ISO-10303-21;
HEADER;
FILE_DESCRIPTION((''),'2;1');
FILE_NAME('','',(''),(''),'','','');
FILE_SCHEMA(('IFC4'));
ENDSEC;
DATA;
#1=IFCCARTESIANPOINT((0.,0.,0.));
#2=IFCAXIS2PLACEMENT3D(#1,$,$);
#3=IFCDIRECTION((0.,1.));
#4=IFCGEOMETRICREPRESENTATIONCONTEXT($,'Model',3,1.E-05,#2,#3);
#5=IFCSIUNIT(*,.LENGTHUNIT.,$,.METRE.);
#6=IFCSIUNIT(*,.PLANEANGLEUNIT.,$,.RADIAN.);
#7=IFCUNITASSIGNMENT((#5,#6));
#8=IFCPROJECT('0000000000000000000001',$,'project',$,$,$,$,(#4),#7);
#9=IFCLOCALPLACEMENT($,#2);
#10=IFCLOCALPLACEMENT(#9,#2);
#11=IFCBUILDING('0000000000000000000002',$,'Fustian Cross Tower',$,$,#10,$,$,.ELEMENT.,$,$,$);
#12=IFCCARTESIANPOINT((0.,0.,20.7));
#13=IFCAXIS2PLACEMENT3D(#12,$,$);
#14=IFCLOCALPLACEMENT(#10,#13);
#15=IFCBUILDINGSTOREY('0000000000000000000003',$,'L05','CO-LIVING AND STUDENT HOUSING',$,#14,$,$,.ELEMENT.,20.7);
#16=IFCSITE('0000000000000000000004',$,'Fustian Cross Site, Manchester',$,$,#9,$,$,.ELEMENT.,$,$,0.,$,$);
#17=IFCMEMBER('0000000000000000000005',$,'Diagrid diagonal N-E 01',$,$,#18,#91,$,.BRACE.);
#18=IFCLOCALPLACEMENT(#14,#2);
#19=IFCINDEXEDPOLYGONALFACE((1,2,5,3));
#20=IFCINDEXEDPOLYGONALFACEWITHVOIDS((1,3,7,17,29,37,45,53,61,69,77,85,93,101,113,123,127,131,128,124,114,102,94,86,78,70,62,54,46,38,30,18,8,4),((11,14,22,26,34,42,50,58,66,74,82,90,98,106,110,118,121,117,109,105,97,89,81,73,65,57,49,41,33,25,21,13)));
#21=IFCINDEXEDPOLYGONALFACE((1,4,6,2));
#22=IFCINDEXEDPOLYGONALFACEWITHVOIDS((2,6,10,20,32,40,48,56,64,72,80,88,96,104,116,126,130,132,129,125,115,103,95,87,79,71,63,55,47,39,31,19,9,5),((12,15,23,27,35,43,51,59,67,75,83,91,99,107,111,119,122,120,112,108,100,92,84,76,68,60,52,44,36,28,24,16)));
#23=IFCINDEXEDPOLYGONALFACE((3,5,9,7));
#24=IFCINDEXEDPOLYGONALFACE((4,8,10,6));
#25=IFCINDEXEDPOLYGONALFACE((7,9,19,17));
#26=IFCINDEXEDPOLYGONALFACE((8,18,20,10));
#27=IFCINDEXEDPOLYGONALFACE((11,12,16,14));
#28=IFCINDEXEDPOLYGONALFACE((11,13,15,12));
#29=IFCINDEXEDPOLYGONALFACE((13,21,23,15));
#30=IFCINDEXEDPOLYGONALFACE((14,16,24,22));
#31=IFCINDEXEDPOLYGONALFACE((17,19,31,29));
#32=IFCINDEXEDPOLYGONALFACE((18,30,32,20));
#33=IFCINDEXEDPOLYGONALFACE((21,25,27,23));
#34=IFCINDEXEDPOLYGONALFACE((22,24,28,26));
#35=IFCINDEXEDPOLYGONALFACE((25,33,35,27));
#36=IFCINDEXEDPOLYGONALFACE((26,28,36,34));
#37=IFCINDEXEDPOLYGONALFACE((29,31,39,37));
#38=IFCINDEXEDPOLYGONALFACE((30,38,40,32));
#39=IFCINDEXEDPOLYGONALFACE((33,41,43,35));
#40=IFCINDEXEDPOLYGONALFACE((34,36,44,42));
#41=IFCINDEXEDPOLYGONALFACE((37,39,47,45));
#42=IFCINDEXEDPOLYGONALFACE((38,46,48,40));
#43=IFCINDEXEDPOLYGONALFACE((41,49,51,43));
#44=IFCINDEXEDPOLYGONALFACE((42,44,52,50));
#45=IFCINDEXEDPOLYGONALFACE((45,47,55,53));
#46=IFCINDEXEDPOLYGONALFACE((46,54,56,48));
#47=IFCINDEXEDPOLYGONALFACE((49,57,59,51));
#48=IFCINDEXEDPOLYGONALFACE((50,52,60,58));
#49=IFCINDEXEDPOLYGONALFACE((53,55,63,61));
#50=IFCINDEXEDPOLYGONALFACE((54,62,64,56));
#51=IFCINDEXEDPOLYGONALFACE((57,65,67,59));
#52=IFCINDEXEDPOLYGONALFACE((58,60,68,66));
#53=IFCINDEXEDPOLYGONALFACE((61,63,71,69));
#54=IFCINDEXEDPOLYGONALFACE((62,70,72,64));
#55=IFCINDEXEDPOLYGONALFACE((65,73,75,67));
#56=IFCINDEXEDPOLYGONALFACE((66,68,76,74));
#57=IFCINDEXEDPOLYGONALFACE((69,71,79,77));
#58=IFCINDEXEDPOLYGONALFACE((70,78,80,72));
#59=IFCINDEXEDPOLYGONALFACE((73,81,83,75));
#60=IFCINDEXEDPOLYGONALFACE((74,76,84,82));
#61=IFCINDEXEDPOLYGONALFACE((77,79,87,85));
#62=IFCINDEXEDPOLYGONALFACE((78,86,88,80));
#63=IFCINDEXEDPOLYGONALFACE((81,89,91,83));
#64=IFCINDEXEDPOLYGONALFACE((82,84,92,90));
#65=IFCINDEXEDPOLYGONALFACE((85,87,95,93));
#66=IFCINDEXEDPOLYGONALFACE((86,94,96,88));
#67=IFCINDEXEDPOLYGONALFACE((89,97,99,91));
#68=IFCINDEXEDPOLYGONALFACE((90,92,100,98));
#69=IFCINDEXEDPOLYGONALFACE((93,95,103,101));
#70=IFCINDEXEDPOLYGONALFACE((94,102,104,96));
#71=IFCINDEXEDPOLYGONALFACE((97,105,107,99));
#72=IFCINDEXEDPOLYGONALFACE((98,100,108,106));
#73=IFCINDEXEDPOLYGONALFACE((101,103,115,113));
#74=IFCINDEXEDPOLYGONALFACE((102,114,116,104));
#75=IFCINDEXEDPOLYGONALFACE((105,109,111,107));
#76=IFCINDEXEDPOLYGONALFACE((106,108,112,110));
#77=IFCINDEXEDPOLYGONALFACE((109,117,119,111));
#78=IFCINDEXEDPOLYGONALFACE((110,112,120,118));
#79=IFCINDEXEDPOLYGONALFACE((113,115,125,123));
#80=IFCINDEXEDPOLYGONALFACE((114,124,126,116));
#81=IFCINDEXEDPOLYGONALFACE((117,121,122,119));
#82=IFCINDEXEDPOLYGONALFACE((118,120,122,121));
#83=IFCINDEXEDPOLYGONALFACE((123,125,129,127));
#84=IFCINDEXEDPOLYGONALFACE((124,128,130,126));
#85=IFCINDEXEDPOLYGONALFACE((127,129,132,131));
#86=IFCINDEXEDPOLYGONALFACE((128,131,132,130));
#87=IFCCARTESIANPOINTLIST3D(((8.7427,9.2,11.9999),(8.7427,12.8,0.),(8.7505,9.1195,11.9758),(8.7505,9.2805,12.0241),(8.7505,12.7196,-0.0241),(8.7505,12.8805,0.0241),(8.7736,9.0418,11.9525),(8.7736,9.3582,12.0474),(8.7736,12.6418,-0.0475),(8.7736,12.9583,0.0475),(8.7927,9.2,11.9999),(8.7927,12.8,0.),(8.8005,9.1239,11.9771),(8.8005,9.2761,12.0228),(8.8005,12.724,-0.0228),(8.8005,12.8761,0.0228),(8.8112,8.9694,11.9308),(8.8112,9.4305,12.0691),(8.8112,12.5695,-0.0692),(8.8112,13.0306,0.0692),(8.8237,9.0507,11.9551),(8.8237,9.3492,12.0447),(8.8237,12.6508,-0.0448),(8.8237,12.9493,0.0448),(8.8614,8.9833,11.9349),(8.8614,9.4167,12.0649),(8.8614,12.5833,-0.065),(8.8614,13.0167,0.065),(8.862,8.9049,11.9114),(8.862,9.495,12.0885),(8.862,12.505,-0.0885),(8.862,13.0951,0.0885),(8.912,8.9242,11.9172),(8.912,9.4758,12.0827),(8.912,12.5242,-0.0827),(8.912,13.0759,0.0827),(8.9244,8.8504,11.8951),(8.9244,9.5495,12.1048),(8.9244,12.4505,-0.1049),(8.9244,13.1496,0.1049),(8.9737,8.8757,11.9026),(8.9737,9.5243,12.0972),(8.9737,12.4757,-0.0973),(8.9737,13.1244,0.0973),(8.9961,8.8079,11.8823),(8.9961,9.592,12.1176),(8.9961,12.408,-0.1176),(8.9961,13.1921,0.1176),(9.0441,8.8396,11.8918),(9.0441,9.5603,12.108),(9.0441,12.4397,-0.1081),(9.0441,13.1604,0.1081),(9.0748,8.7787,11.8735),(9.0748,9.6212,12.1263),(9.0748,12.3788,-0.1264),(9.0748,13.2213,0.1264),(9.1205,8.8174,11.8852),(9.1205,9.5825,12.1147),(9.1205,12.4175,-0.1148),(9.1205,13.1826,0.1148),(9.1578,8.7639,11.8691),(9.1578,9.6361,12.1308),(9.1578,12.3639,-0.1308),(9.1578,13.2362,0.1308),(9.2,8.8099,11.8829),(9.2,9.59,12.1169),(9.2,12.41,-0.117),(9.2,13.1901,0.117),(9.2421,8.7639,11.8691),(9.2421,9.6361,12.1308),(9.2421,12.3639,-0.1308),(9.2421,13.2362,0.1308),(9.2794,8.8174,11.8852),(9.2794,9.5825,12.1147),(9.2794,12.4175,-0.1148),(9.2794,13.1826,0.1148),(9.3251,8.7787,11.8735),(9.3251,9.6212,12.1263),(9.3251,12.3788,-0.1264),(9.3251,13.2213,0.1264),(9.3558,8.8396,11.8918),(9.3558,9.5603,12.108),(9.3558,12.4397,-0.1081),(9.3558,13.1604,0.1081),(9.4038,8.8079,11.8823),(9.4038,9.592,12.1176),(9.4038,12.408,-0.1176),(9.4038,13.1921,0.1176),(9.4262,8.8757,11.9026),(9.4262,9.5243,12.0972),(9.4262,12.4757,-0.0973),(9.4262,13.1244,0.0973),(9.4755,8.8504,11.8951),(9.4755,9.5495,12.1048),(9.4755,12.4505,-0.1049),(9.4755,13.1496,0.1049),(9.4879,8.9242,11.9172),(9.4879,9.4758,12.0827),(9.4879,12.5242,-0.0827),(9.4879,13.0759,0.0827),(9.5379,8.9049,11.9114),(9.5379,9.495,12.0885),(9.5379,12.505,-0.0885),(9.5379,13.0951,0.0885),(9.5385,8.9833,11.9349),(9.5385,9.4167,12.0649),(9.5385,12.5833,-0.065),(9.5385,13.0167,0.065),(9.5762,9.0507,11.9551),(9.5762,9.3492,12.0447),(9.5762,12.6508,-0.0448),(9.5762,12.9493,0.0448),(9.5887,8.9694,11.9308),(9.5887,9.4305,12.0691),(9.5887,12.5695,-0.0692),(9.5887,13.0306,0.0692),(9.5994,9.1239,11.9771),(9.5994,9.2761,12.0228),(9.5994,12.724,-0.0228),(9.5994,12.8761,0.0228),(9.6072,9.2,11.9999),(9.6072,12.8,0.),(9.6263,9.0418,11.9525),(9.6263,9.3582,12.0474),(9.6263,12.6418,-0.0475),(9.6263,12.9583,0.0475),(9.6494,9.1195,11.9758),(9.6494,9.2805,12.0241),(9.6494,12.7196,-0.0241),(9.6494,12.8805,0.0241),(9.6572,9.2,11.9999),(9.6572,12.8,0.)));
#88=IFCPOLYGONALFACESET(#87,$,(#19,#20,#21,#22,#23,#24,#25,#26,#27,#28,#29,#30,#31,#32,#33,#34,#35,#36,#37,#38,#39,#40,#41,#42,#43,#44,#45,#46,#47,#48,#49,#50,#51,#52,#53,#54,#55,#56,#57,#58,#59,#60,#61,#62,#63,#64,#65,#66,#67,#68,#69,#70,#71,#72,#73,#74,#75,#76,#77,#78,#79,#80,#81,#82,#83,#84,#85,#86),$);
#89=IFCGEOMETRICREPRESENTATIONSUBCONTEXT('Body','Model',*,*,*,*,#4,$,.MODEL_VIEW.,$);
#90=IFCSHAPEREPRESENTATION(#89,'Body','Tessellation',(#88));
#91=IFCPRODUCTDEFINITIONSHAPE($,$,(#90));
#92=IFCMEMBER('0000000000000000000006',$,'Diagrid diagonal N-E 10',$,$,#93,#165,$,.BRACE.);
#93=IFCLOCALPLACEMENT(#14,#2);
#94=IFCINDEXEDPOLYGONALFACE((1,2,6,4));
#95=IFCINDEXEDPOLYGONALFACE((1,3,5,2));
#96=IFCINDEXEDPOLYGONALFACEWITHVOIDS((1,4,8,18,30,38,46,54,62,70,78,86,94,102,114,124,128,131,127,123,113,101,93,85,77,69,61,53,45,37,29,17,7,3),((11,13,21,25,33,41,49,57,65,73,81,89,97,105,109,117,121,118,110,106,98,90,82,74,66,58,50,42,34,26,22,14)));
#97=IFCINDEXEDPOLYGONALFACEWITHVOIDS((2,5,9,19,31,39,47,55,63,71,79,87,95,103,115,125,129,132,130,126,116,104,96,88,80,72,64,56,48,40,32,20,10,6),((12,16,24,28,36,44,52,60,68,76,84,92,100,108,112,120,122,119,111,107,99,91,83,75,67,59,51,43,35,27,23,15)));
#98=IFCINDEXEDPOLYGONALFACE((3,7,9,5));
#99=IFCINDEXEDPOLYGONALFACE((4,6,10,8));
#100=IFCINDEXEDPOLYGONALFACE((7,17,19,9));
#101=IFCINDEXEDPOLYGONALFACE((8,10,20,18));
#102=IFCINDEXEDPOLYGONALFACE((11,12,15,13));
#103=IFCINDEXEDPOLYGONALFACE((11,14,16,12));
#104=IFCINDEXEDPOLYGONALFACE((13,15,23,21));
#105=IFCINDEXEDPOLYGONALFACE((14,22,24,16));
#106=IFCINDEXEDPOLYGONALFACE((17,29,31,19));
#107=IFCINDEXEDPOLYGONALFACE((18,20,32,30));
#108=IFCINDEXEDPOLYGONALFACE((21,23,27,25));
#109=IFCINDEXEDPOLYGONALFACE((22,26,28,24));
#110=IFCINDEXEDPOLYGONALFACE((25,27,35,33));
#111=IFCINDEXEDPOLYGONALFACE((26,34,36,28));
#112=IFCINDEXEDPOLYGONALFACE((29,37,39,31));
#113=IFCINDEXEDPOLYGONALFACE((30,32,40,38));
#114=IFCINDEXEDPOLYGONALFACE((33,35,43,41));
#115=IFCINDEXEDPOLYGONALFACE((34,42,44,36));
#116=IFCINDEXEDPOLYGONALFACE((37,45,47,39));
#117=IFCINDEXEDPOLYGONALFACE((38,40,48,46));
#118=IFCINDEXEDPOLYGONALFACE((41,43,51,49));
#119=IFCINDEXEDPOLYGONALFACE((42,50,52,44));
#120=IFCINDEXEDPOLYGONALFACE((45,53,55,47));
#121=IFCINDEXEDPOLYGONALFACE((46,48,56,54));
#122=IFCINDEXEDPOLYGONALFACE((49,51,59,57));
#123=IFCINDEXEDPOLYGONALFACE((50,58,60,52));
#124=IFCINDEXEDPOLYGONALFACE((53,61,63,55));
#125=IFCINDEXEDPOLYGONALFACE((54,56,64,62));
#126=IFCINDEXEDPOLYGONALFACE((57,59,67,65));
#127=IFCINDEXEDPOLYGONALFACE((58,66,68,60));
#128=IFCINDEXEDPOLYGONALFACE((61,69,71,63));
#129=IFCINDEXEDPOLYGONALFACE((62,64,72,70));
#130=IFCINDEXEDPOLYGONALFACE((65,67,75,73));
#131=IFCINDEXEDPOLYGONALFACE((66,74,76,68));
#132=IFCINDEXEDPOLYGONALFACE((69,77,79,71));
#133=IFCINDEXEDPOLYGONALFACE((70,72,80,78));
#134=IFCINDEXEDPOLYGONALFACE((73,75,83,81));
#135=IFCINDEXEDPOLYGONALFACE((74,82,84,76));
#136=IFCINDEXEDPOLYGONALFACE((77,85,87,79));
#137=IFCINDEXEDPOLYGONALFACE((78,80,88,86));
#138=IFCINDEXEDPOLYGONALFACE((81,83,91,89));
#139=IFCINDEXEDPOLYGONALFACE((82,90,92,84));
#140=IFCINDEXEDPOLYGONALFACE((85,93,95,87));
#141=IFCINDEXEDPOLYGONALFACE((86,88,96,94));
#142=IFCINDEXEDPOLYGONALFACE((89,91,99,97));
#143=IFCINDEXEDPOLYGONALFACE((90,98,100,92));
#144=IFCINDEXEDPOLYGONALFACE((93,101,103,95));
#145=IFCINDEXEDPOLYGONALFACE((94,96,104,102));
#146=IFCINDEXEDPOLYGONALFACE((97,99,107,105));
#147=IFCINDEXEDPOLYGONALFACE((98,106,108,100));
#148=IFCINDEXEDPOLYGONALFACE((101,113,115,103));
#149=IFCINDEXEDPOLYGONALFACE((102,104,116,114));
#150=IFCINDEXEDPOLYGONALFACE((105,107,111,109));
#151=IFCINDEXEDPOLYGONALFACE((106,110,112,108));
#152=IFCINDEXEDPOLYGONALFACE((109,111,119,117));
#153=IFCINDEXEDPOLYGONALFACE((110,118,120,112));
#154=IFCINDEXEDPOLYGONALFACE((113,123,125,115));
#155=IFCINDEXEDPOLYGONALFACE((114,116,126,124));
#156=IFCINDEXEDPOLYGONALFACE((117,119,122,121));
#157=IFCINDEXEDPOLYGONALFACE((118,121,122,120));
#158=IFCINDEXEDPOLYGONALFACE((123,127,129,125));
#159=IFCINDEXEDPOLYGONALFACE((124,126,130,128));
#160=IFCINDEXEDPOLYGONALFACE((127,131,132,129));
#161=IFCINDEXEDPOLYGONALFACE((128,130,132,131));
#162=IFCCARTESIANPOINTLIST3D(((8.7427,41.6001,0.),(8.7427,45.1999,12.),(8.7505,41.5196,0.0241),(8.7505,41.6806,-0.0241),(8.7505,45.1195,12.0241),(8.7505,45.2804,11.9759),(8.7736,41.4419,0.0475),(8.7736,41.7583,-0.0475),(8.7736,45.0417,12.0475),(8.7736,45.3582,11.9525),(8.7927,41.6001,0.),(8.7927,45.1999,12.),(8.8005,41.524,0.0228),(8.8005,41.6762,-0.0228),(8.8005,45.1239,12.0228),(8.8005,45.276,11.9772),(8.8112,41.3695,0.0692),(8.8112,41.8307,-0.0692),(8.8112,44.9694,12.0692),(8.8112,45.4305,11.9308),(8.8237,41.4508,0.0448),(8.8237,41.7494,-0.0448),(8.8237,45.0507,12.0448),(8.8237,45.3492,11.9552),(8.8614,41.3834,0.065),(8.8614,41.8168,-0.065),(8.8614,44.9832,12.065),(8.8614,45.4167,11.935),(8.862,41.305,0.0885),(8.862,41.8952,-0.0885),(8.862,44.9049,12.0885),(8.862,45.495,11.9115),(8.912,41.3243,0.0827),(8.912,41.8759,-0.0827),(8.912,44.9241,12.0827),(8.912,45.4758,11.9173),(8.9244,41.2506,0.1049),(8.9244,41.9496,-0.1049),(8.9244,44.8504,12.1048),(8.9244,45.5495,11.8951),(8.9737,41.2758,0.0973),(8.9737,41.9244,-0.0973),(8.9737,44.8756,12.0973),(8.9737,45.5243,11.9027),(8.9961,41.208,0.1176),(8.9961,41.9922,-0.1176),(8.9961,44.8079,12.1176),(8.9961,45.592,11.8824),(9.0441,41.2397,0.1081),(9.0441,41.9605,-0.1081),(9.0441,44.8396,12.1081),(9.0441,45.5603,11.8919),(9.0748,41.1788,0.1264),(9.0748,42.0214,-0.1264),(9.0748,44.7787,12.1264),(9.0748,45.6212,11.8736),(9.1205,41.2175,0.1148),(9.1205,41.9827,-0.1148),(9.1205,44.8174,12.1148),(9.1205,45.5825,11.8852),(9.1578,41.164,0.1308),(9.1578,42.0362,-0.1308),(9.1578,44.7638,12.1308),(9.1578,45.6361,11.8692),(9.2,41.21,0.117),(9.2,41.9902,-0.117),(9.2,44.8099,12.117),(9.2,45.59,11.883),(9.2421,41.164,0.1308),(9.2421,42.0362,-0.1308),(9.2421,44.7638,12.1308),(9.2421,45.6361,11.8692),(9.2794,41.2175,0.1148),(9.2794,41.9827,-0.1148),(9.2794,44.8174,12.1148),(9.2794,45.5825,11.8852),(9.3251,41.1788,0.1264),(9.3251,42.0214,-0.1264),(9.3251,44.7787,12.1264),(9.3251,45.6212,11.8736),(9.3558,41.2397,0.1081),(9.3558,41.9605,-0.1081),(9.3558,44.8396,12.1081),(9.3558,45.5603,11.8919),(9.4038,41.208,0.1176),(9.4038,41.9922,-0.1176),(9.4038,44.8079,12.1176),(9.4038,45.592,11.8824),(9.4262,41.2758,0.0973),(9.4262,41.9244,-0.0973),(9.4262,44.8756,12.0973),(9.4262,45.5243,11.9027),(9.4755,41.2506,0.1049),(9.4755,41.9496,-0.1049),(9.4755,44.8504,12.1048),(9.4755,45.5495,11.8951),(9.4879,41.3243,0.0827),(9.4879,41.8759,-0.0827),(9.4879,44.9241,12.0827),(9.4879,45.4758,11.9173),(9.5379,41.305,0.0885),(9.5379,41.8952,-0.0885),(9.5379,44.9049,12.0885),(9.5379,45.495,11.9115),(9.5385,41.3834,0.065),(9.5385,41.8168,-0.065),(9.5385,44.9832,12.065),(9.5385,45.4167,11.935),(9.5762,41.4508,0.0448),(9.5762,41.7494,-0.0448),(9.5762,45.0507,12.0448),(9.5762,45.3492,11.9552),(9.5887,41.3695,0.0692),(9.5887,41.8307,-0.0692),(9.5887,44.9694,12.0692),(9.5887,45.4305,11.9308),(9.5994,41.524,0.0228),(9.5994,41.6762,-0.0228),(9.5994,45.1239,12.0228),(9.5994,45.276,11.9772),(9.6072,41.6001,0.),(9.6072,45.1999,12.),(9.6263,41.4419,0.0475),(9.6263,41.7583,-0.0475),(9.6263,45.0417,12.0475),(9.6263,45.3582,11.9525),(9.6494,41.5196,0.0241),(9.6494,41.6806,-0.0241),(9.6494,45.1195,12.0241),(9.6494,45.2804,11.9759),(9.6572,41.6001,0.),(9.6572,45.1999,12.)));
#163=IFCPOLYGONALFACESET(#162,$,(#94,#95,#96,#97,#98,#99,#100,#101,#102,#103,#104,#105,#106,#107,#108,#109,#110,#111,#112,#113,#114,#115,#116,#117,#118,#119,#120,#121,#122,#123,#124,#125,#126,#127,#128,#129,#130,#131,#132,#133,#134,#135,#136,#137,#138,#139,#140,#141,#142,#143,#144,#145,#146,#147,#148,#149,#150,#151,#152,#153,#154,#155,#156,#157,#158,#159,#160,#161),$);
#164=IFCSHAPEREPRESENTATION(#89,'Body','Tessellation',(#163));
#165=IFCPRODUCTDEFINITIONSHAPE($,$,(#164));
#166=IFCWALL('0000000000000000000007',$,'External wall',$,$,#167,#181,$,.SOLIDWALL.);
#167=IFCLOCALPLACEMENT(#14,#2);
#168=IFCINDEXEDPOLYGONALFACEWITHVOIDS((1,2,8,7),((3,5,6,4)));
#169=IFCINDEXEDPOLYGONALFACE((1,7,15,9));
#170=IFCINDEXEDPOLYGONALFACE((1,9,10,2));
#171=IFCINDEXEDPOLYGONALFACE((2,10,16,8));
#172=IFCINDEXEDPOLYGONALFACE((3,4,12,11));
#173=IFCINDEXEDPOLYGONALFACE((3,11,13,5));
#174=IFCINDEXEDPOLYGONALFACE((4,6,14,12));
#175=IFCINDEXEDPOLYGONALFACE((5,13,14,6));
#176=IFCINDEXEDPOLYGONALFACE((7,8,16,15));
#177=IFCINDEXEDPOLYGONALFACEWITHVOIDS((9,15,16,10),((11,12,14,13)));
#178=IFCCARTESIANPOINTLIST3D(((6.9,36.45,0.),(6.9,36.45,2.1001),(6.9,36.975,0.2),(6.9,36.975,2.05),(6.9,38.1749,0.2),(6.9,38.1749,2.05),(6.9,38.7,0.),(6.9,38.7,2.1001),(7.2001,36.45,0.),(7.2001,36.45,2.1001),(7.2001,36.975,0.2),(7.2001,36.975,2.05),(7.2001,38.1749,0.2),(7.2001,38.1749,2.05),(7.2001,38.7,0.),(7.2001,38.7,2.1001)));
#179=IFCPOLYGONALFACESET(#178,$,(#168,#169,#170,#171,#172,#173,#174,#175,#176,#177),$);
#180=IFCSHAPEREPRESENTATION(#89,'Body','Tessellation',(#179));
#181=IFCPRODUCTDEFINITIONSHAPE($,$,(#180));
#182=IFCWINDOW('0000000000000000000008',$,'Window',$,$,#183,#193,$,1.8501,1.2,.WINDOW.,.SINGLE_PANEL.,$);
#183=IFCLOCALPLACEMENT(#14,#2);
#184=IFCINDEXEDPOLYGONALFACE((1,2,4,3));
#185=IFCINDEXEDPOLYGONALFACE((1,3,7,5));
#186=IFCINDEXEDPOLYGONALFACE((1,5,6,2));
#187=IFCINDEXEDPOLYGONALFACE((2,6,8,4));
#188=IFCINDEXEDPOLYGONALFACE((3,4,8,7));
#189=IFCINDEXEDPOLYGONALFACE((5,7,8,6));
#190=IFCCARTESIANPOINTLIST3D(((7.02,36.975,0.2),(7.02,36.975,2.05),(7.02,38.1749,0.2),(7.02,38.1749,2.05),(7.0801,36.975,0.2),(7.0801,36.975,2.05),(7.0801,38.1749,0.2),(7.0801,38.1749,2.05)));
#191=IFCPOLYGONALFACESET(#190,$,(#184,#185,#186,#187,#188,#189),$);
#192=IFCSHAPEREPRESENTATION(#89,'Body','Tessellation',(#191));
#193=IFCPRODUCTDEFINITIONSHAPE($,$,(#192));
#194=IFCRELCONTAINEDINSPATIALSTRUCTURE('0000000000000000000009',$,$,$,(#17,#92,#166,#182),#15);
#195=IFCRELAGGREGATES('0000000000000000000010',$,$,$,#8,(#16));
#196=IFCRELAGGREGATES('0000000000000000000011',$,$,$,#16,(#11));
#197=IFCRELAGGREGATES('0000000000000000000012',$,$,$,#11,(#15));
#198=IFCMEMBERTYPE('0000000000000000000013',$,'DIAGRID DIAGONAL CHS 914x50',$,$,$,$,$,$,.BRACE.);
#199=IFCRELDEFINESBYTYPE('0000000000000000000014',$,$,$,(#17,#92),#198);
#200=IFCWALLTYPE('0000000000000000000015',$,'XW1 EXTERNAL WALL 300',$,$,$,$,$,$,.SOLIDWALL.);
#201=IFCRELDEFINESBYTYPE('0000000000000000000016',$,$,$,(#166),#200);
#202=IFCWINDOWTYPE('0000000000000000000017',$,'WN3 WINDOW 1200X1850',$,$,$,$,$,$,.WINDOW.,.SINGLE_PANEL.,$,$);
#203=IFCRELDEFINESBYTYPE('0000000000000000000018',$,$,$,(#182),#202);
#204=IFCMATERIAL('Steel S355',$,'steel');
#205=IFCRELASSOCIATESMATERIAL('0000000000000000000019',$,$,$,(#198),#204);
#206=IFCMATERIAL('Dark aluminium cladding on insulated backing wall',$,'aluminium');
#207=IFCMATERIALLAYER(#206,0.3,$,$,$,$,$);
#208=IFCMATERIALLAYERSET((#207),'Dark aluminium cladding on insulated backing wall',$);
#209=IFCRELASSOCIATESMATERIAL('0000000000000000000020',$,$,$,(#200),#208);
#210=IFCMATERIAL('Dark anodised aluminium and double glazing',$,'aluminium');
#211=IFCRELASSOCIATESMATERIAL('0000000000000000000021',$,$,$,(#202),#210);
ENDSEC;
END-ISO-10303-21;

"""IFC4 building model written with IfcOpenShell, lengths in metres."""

from ifc_helpers import new_model, si_unit, direction, frame, frame_2d, origin, origin_2d, place, context, subcontext, project, spatial, rectangle, hollow_circle, extrude, material, layer, layer_set, material_profile, profile_set, type_object, element, fill, save


model = new_model("IFC4")

# Units and contexts
model_context = context("Model", 3, precision=1e-05, world=origin(), true_north=direction((0.0, 1.0)))
body_context = subcontext(model_context, "Body", "Model", "MODEL_VIEW")
ifc_project = project(units=[si_unit("LENGTHUNIT", "METRE"), si_unit("PLANEANGLEUNIT", "RADIAN")], contexts=[model_context])

# Site, building, storey
site_placement = place(None, origin())
site = spatial("IfcSite", under=ifc_project, at=site_placement, Name="Fustian Cross Site, Manchester", CompositionType="ELEMENT", RefElevation=0.0)
building_placement = place(site_placement, origin())
building = spatial("IfcBuilding", under=site, at=building_placement, Name="Fustian Cross Tower", CompositionType="ELEMENT")
storey_placement = place(building_placement, frame((0.0, 0.0, 20.7)))
storey = spatial("IfcBuildingStorey", under=building, at=storey_placement, Name="L05", Description="CO-LIVING AND STUDENT HOUSING", CompositionType="ELEMENT", Elevation=20.7)

# Members
ifc_material_1 = material(Name="Steel S355", Category="steel")
ifc_material_profile_1 = material_profile(ifc_material_1, hollow_circle(Radius=0.4573, WallThickness=0.05, at=origin_2d()), Name="CHS 914x50")
ifc_profile_set_1 = profile_set([ifc_material_profile_1], Name="Steel S355")
member_type_1 = type_object("IfcMemberType", Name="DIAGRID DIAGONAL CHS 914x50", PredefinedType="BRACE", material=ifc_profile_set_1)
for number, where, z_axis, x_axis, name in (
    (1, (9.2, 12.8, 0.0), (0.0, -0.287355, 0.957824), (1.0, 0.0, 0.0), "Diagrid diagonal N-E 01"),
    (2, (9.2, 41.6001, 0.0), (0.0, 0.287337, 0.95783), (-1.0, 0.0, 0.0), "Diagrid diagonal N-E 10"),
):
    element("IfcMember", number, at=place(storey_placement, frame(where, z_axis=z_axis, x_axis=x_axis)), inside=storey, type_object=member_type_1, Name=name, PredefinedType="BRACE", context=body_context, shape_type="SweptSolid", body=[
        extrude(hollow_circle(Radius=0.4573, WallThickness=0.05, at=origin_2d()), origin(), (0.0, 0.0, 1.0), 12.5283),
    ])

# Wall, opening, window
ifc_material_2 = material(Name="Dark aluminium cladding on insulated backing wall", Category="aluminium")
ifc_layer = layer(ifc_material_2, 0.3)
ifc_layer_set = layer_set([ifc_layer], Name="Dark aluminium cladding on insulated backing wall")
wall_type = type_object("IfcWallType", Name="XW1 EXTERNAL WALL 300", PredefinedType="SOLIDWALL", material=ifc_layer_set)
wall_placement = place(storey_placement, frame((7.05, 36.45, 0.0), z_axis=(0.0, 0.0, 1.0), x_axis=(0.0, 1.0, 0.0)))
wall = element("IfcWall", 3, at=wall_placement, inside=storey, type_object=wall_type, Name="External wall", PredefinedType="SOLIDWALL", context=body_context, shape_type="SweptSolid", body=[
    extrude(rectangle(XDim=2.25, YDim=0.3, at=frame_2d((1.125, 0.0))), origin(), (0.0, 0.0, 1.0), 2.1001),
])
opening_placement = place(wall_placement, frame((0.5249, 0.0, 0.2)))
opening = element("IfcOpeningElement", 4, at=opening_placement, cuts=wall, PredefinedType="OPENING", context=body_context, shape_type="SweptSolid", body=[
    extrude(rectangle(XDim=1.2, YDim=1.8501, at=frame_2d((0.6001, 0.925))), frame((0.0, 0.1599, 0.0), z_axis=(0.0, -1.0, 0.0), x_axis=(1.0, 0.0, 0.0)), (0.0, 0.0, 1.0), 0.3201),
])
ifc_material_3 = material(Name="Dark anodised aluminium and double glazing", Category="aluminium")
window_type = type_object("IfcWindowType", Name="WN3 WINDOW 1200X1850", PartitioningType="SINGLE_PANEL", PredefinedType="WINDOW", material=ifc_material_3)
window_placement = place(opening_placement, origin())
window = element("IfcWindow", 5, at=window_placement, inside=storey, type_object=window_type, Name="Window", OverallHeight=1.8501, OverallWidth=1.2, PartitioningType="SINGLE_PANEL", PredefinedType="WINDOW", context=body_context, shape_type="SweptSolid", body=[
    extrude(rectangle(XDim=1.2, YDim=1.8501, at=frame_2d((0.6001, 0.925))), frame((0.0, 0.03, 0.0), z_axis=(0.0, -1.0, 0.0), x_axis=(1.0, 0.0, 0.0)), (0.0, 0.0, 1.0), 0.0601),
])
fill(opening, window)

save(model, "model.ifc")
